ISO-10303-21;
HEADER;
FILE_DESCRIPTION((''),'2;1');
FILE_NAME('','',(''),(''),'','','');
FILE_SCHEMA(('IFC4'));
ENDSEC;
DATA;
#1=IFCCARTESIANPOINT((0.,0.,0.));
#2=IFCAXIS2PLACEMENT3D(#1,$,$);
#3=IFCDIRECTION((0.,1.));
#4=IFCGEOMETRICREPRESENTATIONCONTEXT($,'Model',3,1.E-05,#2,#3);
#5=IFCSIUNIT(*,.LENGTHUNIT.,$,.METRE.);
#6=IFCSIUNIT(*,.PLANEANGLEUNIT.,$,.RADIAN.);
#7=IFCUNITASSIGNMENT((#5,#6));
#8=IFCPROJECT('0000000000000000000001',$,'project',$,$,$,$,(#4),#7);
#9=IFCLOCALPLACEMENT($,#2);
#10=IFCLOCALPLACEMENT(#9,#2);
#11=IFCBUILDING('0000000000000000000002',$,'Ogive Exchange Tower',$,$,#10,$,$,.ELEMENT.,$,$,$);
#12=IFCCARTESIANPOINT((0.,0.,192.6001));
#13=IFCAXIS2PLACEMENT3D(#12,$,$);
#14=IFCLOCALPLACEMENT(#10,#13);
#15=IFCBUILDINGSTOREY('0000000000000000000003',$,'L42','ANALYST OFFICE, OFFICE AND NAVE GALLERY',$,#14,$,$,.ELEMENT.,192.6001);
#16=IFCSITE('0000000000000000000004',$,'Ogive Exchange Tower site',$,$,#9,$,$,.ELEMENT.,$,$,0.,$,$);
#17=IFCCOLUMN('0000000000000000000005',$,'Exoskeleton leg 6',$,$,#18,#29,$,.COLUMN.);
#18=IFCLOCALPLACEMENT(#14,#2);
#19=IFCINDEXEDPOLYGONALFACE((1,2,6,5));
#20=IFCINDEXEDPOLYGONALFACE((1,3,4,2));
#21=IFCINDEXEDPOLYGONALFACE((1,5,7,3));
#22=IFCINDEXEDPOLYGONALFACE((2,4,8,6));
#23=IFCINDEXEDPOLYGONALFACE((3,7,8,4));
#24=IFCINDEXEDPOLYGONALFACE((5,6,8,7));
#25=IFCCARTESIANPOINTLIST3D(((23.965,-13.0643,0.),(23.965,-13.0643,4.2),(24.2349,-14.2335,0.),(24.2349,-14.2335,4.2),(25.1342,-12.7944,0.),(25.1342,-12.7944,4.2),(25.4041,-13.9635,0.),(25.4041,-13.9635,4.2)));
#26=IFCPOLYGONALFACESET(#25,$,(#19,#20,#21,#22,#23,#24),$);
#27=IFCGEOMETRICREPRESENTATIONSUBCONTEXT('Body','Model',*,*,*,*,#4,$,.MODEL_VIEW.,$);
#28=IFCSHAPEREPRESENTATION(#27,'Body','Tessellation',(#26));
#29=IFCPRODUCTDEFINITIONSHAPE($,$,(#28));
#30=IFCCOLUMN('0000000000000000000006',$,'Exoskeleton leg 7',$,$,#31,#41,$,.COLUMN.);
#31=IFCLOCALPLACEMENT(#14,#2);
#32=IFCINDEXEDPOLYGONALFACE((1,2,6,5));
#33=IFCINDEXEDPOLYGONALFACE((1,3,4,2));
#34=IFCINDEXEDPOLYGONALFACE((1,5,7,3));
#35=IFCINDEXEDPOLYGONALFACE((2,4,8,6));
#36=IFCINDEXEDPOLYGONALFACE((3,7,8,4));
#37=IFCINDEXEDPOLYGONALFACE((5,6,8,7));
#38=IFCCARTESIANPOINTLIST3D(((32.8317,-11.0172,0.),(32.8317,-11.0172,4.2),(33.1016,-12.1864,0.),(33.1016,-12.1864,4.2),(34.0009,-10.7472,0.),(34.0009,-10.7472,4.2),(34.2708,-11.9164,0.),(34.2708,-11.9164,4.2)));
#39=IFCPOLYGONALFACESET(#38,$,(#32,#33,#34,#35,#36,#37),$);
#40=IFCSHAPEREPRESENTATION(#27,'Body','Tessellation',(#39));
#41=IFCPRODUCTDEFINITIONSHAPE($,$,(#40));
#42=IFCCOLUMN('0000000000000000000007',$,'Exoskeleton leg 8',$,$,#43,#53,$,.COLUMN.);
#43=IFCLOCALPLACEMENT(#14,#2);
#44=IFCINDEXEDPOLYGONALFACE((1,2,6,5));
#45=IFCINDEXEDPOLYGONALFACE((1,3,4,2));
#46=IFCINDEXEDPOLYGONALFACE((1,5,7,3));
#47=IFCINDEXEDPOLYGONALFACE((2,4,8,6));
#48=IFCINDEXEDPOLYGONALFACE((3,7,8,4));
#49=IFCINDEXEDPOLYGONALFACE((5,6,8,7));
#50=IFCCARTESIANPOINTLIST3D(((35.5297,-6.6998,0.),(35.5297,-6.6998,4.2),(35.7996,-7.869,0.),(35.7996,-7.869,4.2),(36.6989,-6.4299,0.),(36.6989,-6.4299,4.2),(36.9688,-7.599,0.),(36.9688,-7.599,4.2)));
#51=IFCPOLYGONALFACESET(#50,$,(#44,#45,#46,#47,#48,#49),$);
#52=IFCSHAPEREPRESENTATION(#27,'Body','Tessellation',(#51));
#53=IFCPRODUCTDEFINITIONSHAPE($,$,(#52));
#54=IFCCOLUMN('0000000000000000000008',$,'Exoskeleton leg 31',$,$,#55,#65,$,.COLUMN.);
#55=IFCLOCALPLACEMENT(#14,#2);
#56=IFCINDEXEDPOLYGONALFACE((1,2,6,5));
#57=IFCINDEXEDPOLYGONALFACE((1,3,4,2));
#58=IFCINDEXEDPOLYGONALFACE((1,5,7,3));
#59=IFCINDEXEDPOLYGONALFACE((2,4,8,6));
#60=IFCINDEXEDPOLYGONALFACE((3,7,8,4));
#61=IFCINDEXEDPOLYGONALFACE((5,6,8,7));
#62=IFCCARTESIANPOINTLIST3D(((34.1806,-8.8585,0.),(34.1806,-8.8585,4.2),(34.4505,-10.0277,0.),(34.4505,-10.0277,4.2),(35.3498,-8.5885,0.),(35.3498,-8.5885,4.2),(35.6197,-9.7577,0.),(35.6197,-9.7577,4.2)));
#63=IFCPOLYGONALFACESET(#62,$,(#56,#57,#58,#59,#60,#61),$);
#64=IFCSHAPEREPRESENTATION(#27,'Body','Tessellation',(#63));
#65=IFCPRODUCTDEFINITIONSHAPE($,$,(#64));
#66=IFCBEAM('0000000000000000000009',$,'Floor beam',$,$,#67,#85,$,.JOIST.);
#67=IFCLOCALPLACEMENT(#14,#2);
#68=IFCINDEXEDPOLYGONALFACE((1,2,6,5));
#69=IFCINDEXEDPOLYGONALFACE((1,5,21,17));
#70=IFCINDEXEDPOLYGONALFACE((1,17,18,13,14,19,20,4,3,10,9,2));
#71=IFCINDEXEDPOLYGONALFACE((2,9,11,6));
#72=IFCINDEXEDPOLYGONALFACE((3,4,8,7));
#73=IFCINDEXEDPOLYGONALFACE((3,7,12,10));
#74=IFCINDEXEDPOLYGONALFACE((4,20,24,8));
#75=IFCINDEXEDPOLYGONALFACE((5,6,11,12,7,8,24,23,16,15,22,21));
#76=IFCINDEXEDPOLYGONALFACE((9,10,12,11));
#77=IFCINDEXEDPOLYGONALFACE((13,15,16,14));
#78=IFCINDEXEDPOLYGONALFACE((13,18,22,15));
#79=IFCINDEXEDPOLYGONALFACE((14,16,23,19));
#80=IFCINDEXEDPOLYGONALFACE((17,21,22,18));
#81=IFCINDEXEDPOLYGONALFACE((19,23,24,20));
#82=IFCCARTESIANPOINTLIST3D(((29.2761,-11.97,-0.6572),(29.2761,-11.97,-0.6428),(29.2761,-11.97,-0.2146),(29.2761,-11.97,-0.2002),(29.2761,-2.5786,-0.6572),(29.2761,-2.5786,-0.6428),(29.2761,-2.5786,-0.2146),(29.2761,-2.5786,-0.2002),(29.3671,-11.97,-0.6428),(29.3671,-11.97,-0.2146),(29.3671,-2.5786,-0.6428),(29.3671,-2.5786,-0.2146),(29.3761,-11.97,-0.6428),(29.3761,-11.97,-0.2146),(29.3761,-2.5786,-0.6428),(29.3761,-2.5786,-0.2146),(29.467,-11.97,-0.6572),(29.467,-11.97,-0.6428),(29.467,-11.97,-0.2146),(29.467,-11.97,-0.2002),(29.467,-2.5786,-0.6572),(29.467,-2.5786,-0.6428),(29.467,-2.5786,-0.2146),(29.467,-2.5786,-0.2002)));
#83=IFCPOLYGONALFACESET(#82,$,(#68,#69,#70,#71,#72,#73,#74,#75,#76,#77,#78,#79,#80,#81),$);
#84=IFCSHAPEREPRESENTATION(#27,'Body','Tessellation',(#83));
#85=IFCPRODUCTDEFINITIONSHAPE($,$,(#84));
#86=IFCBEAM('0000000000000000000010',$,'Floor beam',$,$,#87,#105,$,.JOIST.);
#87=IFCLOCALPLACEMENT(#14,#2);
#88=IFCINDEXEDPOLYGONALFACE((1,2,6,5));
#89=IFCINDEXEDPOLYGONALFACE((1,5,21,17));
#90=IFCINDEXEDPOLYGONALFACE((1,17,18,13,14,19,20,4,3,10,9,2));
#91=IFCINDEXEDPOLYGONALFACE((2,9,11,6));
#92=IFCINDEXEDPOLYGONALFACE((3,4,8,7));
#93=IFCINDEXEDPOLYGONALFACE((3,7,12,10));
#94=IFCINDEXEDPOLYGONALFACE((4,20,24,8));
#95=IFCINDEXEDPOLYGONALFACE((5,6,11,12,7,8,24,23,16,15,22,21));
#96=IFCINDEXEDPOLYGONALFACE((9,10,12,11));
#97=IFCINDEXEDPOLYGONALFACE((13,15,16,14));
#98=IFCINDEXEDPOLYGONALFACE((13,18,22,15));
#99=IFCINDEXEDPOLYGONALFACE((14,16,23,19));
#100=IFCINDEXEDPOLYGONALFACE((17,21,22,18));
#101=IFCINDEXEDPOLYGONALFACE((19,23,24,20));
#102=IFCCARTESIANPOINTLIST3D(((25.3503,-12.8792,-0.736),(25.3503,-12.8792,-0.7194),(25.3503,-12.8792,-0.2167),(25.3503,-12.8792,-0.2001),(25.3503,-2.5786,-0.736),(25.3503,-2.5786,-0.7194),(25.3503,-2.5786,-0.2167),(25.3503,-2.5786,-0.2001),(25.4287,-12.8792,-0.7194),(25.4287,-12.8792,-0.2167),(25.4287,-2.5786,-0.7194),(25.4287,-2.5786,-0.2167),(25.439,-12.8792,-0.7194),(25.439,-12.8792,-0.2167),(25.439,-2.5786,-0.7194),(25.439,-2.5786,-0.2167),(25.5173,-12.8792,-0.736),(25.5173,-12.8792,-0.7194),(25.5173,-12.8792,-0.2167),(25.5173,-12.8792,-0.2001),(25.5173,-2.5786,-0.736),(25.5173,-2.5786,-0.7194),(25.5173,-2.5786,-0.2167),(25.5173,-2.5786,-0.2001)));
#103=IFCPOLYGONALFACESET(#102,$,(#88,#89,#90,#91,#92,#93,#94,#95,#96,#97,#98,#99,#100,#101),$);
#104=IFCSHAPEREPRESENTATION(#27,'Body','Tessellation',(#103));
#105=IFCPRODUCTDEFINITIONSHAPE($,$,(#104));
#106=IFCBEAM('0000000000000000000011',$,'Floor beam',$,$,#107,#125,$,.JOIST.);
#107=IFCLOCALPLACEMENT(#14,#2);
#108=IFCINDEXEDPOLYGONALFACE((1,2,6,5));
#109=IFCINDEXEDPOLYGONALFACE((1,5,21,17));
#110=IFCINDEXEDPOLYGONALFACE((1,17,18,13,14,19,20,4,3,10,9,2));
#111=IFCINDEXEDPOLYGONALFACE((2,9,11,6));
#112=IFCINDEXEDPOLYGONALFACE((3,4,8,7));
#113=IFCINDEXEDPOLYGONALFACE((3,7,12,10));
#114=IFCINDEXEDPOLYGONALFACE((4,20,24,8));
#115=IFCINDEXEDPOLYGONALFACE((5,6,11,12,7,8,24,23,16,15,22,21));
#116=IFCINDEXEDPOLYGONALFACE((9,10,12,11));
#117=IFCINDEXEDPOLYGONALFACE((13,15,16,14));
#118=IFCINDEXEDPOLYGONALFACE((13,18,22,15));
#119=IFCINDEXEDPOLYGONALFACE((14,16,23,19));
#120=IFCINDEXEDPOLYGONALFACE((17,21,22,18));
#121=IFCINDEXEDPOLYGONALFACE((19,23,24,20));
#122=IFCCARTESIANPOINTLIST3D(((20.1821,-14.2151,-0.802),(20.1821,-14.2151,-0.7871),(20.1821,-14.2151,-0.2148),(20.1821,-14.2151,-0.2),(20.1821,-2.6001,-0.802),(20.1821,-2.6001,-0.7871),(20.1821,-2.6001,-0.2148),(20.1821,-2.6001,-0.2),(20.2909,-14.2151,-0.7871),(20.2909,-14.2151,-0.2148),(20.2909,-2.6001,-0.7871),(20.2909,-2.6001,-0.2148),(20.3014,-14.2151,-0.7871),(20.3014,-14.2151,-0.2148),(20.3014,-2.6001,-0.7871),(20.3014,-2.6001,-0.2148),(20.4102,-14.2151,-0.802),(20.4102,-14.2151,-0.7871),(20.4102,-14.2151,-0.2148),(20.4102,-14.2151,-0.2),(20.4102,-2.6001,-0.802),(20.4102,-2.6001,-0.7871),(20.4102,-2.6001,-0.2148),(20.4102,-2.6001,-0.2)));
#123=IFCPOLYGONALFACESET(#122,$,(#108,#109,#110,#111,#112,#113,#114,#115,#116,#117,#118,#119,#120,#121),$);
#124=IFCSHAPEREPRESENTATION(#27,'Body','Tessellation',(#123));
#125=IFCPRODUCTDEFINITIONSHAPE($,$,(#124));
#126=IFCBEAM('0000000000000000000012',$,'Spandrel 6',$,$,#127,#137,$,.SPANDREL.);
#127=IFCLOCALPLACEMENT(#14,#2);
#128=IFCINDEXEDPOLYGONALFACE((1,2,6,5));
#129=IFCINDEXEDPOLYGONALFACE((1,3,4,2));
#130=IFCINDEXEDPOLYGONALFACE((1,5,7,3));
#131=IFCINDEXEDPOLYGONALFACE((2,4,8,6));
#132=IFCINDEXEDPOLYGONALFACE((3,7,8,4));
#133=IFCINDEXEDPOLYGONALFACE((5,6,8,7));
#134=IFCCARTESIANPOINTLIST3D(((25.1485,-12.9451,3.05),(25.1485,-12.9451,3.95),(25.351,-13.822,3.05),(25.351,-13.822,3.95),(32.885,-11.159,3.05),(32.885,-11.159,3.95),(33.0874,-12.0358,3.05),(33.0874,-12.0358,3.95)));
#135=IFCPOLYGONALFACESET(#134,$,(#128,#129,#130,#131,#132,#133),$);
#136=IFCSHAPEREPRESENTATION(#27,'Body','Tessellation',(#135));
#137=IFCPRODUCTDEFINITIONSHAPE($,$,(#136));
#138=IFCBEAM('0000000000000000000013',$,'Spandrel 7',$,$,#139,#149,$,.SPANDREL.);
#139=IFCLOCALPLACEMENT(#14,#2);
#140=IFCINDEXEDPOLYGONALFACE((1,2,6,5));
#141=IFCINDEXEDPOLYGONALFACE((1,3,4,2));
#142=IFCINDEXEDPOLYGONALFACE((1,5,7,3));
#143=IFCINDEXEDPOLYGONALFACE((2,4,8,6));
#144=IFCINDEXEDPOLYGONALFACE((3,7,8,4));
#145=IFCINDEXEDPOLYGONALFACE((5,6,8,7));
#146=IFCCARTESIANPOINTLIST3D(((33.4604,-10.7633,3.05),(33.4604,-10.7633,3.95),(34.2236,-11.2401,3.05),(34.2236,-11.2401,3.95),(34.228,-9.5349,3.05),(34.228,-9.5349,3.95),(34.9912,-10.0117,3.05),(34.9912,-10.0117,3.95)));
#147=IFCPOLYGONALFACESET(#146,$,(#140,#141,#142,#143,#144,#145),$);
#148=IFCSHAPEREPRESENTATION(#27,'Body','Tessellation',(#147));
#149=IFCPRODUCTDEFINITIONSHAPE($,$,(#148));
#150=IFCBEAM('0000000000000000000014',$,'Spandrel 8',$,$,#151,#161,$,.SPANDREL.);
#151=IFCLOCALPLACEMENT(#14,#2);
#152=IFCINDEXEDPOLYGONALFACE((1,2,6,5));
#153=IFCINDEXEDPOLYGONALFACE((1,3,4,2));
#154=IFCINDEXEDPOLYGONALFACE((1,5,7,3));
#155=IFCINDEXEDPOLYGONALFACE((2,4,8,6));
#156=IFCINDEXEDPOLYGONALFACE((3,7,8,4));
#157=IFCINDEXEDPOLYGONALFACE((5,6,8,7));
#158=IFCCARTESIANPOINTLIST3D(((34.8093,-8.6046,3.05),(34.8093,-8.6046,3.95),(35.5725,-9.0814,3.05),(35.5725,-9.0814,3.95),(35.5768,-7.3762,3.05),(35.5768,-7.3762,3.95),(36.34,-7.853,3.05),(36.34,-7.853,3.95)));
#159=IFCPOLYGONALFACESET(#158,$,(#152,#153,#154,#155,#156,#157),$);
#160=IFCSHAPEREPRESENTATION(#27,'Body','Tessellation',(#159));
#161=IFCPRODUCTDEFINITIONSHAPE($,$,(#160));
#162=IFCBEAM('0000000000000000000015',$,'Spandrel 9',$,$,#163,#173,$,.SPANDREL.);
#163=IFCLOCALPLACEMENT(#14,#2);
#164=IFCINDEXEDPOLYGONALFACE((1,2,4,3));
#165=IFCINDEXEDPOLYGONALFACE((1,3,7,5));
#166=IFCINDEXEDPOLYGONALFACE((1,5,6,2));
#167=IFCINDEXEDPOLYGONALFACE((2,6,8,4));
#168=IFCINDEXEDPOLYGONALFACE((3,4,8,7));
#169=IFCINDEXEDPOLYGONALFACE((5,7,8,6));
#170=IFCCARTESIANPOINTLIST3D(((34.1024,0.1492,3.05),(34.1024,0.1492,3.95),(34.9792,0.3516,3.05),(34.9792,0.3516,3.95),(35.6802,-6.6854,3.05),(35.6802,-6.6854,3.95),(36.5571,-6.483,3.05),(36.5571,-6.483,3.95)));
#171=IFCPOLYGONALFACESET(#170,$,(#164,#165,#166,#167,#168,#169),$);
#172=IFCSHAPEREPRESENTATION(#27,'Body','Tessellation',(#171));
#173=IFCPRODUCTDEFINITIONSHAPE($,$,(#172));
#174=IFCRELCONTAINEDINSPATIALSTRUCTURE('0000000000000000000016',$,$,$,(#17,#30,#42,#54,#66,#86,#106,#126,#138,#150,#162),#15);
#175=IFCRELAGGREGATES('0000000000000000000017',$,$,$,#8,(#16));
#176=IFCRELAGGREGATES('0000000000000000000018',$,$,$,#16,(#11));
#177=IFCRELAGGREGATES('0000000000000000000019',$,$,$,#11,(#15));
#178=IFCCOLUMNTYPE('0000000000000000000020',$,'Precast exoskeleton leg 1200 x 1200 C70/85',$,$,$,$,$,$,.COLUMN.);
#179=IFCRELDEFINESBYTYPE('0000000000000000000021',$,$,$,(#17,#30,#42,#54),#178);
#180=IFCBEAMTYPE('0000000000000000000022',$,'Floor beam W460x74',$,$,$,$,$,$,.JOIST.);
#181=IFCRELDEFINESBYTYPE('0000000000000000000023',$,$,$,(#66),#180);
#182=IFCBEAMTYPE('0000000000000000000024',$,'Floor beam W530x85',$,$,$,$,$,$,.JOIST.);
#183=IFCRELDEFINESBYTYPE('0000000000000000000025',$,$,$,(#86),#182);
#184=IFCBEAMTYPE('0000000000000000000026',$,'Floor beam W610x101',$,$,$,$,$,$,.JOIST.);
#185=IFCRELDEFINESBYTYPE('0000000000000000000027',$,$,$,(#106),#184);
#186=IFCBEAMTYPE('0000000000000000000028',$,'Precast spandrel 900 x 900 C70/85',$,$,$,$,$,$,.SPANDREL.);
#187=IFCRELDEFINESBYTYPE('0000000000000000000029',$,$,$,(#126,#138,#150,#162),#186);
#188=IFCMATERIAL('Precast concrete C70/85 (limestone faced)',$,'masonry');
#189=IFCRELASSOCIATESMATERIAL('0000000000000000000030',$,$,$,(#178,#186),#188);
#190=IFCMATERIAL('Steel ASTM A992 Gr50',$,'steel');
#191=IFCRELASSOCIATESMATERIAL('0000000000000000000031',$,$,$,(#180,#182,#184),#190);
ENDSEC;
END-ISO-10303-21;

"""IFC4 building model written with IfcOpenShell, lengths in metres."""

from ifc_helpers import new_model, si_unit, direction, frame, origin, origin_2d, place, context, subcontext, project, spatial, rectangle, i_section, extrude, material, material_profile, profile_set, type_object, element, save


model = new_model("IFC4")

# Units and contexts
model_context = context("Model", 3, precision=1e-05, world=origin(), true_north=direction((0.0, 1.0)))
body_context = subcontext(model_context, "Body", "Model", "MODEL_VIEW")
ifc_project = project(units=[si_unit("LENGTHUNIT", "METRE"), si_unit("PLANEANGLEUNIT", "RADIAN")], contexts=[model_context])

# Site, building, storey
site_placement = place(None, origin())
site = spatial("IfcSite", under=ifc_project, at=site_placement, Name="Ogive Exchange Tower site", CompositionType="ELEMENT", RefElevation=0.0)
building_placement = place(site_placement, origin())
building = spatial("IfcBuilding", under=site, at=building_placement, Name="Ogive Exchange Tower", CompositionType="ELEMENT")
storey_placement = place(building_placement, frame((0.0, 0.0, 192.6001)))
storey = spatial("IfcBuildingStorey", under=building, at=storey_placement, Name="L42", Description="ANALYST OFFICE, OFFICE AND NAVE GALLERY", CompositionType="ELEMENT", Elevation=192.6001)

# Columns
ifc_material_1 = material(Name="Precast concrete C70/85 (limestone faced)", Category="masonry")
ifc_material_profile_1 = material_profile(ifc_material_1, rectangle(XDim=1.2, YDim=1.2, at=origin_2d()), Name="1200 x 1200")
ifc_profile_set_1 = profile_set([ifc_material_profile_1], Name="Precast concrete C70/85 (limestone faced)")
column_type = type_object("IfcColumnType", Name="Precast exoskeleton leg 1200 x 1200 C70/85", PredefinedType="COLUMN", material=ifc_profile_set_1)
for number, where, z_axis, x_axis, name in (
    (1, (24.6846, -13.5139, 0.0), (0.0, 0.0, 1.0), (0.97437, 0.224951, 0.0), "Exoskeleton leg 6"),
    (2, (33.5513, -11.4668, 0.0), (0.0, 0.0, 1.0), (0.97437, 0.224951, 0.0), "Exoskeleton leg 7"),
    (3, (36.2493, -7.1494, 0.0), (0.0, 0.0, 1.0), (0.97437, 0.224951, 0.0), "Exoskeleton leg 8"),
    (4, (34.9001, -9.3081, 0.0), (0.0, 0.0, 1.0), (0.97437, 0.224951, 0.0), "Exoskeleton leg 31"),
):
    element("IfcColumn", number, at=place(storey_placement, frame(where, z_axis=z_axis, x_axis=x_axis)), inside=storey, type_object=column_type, Name=name, PredefinedType="COLUMN", context=body_context, shape_type="SweptSolid", body=[
        extrude(rectangle(XDim=1.2, YDim=1.2, at=origin_2d()), origin(), (0.0, 0.0, 1.0), 4.2),
    ])

# Beams
ifc_material_2 = material(Name="Steel ASTM A992 Gr50", Category="steel")
ifc_material_profile_2 = material_profile(ifc_material_2, i_section(OverallWidth=0.1909, OverallDepth=0.457, WebThickness=0.009, FlangeThickness=0.0144, at=origin_2d()), Name="W460x74")
ifc_profile_set_2 = profile_set([ifc_material_profile_2], Name="Steel ASTM A992 Gr50")
beam_type_1 = type_object("IfcBeamType", Name="Floor beam W460x74", PredefinedType="JOIST", material=ifc_profile_set_2)
beam_1_placement = place(storey_placement, frame((29.3716, -11.97, -0.4287), z_axis=(0.0, 1.0, 0.0), x_axis=(-1.0, 0.0, 0.0)))
element("IfcBeam", 5, at=beam_1_placement, inside=storey, type_object=beam_type_1, Name="Floor beam", PredefinedType="JOIST", context=body_context, shape_type="SweptSolid", body=[
    extrude(i_section(OverallWidth=0.1909, OverallDepth=0.457, WebThickness=0.009, FlangeThickness=0.0144, at=origin_2d()), origin(), (0.0, 0.0, 1.0), 9.3914),
])
ifc_material_profile_3 = material_profile(ifc_material_2, i_section(OverallWidth=0.167, OverallDepth=0.5359, WebThickness=0.0103, FlangeThickness=0.0166, at=origin_2d()), Name="W530x85")
ifc_profile_set_3 = profile_set([ifc_material_profile_3], Name="Steel ASTM A992 Gr50")
beam_type_2 = type_object("IfcBeamType", Name="Floor beam W530x85", PredefinedType="JOIST", material=ifc_profile_set_3)
beam_2_placement = place(storey_placement, frame((25.4338, -12.8792, -0.468), z_axis=(0.0, 1.0, 0.0), x_axis=(-1.0, 0.0, 0.0)))
element("IfcBeam", 6, at=beam_2_placement, inside=storey, type_object=beam_type_2, Name="Floor beam", PredefinedType="JOIST", context=body_context, shape_type="SweptSolid", body=[
    extrude(i_section(OverallWidth=0.167, OverallDepth=0.5359, WebThickness=0.0103, FlangeThickness=0.0166, at=origin_2d()), origin(), (0.0, 0.0, 1.0), 10.3005),
])
ifc_material_profile_4 = material_profile(ifc_material_2, i_section(OverallWidth=0.228, OverallDepth=0.6021, WebThickness=0.0105, FlangeThickness=0.0149, at=origin_2d()), Name="W610x101")
ifc_profile_set_4 = profile_set([ifc_material_profile_4], Name="Steel ASTM A992 Gr50")
beam_type_3 = type_object("IfcBeamType", Name="Floor beam W610x101", PredefinedType="JOIST", material=ifc_profile_set_4)
beam_3_placement = place(storey_placement, frame((20.2961, -14.2151, -0.501), z_axis=(0.0, 1.0, 0.0), x_axis=(-1.0, 0.0, 0.0)))
element("IfcBeam", 7, at=beam_3_placement, inside=storey, type_object=beam_type_3, Name="Floor beam", PredefinedType="JOIST", context=body_context, shape_type="SweptSolid", body=[
    extrude(i_section(OverallWidth=0.228, OverallDepth=0.6021, WebThickness=0.0105, FlangeThickness=0.0149, at=origin_2d()), origin(), (0.0, 0.0, 1.0), 11.615),
])
ifc_material_profile_5 = material_profile(ifc_material_1, rectangle(XDim=0.8999, YDim=0.8999, at=origin_2d()), Name="900 x 900")
ifc_profile_set_5 = profile_set([ifc_material_profile_5], Name="Precast concrete C70/85 (limestone faced)")
beam_type_4 = type_object("IfcBeamType", Name="Precast spandrel 900 x 900 C70/85", PredefinedType="SPANDREL", material=ifc_profile_set_5)
beam_4_placement = place(storey_placement, frame((25.2498, -13.3835, 3.5), z_axis=(0.974368, 0.224958, 0.0), x_axis=(-0.224958, 0.974368, 0.0)))
element("IfcBeam", 8, at=beam_4_placement, inside=storey, type_object=beam_type_4, Name="Spandrel 6", PredefinedType="SPANDREL", context=body_context, shape_type="SweptSolid", body=[
    extrude(rectangle(XDim=0.8999, YDim=0.8999, at=origin_2d()), origin(), (0.0, 0.0, 1.0), 7.9399),
])
for number, where, z_axis, x_axis, name in (
    (9, (33.842, -11.0017, 3.5), (0.529878, 0.848074, 0.0), (-0.848074, 0.529878, 0.0), "Spandrel 7"),
    (10, (35.1909, -8.843, 3.5), (0.529878, 0.848074, 0.0), (-0.848074, 0.529878, 0.0), "Spandrel 8"),
):
    element("IfcBeam", number, at=place(storey_placement, frame(where, z_axis=z_axis, x_axis=x_axis)), inside=storey, type_object=beam_type_4, Name=name, PredefinedType="SPANDREL", context=body_context, shape_type="SweptSolid", body=[
        extrude(rectangle(XDim=0.8999, YDim=0.8999, at=origin_2d()), origin(), (0.0, 0.0, 1.0), 1.4485),
    ])
beam_5_placement = place(storey_placement, frame((36.1187, -6.5842, 3.5), z_axis=(-0.224946, 0.974371, 0.0), x_axis=(-0.974371, -0.224946, 0.0)))
element("IfcBeam", 11, at=beam_5_placement, inside=storey, type_object=beam_type_4, Name="Spandrel 9", PredefinedType="SPANDREL", context=body_context, shape_type="SweptSolid", body=[
    extrude(rectangle(XDim=0.8999, YDim=0.8999, at=origin_2d()), origin(), (0.0, 0.0, 1.0), 7.0144),
])

save(model, "model.ifc")
